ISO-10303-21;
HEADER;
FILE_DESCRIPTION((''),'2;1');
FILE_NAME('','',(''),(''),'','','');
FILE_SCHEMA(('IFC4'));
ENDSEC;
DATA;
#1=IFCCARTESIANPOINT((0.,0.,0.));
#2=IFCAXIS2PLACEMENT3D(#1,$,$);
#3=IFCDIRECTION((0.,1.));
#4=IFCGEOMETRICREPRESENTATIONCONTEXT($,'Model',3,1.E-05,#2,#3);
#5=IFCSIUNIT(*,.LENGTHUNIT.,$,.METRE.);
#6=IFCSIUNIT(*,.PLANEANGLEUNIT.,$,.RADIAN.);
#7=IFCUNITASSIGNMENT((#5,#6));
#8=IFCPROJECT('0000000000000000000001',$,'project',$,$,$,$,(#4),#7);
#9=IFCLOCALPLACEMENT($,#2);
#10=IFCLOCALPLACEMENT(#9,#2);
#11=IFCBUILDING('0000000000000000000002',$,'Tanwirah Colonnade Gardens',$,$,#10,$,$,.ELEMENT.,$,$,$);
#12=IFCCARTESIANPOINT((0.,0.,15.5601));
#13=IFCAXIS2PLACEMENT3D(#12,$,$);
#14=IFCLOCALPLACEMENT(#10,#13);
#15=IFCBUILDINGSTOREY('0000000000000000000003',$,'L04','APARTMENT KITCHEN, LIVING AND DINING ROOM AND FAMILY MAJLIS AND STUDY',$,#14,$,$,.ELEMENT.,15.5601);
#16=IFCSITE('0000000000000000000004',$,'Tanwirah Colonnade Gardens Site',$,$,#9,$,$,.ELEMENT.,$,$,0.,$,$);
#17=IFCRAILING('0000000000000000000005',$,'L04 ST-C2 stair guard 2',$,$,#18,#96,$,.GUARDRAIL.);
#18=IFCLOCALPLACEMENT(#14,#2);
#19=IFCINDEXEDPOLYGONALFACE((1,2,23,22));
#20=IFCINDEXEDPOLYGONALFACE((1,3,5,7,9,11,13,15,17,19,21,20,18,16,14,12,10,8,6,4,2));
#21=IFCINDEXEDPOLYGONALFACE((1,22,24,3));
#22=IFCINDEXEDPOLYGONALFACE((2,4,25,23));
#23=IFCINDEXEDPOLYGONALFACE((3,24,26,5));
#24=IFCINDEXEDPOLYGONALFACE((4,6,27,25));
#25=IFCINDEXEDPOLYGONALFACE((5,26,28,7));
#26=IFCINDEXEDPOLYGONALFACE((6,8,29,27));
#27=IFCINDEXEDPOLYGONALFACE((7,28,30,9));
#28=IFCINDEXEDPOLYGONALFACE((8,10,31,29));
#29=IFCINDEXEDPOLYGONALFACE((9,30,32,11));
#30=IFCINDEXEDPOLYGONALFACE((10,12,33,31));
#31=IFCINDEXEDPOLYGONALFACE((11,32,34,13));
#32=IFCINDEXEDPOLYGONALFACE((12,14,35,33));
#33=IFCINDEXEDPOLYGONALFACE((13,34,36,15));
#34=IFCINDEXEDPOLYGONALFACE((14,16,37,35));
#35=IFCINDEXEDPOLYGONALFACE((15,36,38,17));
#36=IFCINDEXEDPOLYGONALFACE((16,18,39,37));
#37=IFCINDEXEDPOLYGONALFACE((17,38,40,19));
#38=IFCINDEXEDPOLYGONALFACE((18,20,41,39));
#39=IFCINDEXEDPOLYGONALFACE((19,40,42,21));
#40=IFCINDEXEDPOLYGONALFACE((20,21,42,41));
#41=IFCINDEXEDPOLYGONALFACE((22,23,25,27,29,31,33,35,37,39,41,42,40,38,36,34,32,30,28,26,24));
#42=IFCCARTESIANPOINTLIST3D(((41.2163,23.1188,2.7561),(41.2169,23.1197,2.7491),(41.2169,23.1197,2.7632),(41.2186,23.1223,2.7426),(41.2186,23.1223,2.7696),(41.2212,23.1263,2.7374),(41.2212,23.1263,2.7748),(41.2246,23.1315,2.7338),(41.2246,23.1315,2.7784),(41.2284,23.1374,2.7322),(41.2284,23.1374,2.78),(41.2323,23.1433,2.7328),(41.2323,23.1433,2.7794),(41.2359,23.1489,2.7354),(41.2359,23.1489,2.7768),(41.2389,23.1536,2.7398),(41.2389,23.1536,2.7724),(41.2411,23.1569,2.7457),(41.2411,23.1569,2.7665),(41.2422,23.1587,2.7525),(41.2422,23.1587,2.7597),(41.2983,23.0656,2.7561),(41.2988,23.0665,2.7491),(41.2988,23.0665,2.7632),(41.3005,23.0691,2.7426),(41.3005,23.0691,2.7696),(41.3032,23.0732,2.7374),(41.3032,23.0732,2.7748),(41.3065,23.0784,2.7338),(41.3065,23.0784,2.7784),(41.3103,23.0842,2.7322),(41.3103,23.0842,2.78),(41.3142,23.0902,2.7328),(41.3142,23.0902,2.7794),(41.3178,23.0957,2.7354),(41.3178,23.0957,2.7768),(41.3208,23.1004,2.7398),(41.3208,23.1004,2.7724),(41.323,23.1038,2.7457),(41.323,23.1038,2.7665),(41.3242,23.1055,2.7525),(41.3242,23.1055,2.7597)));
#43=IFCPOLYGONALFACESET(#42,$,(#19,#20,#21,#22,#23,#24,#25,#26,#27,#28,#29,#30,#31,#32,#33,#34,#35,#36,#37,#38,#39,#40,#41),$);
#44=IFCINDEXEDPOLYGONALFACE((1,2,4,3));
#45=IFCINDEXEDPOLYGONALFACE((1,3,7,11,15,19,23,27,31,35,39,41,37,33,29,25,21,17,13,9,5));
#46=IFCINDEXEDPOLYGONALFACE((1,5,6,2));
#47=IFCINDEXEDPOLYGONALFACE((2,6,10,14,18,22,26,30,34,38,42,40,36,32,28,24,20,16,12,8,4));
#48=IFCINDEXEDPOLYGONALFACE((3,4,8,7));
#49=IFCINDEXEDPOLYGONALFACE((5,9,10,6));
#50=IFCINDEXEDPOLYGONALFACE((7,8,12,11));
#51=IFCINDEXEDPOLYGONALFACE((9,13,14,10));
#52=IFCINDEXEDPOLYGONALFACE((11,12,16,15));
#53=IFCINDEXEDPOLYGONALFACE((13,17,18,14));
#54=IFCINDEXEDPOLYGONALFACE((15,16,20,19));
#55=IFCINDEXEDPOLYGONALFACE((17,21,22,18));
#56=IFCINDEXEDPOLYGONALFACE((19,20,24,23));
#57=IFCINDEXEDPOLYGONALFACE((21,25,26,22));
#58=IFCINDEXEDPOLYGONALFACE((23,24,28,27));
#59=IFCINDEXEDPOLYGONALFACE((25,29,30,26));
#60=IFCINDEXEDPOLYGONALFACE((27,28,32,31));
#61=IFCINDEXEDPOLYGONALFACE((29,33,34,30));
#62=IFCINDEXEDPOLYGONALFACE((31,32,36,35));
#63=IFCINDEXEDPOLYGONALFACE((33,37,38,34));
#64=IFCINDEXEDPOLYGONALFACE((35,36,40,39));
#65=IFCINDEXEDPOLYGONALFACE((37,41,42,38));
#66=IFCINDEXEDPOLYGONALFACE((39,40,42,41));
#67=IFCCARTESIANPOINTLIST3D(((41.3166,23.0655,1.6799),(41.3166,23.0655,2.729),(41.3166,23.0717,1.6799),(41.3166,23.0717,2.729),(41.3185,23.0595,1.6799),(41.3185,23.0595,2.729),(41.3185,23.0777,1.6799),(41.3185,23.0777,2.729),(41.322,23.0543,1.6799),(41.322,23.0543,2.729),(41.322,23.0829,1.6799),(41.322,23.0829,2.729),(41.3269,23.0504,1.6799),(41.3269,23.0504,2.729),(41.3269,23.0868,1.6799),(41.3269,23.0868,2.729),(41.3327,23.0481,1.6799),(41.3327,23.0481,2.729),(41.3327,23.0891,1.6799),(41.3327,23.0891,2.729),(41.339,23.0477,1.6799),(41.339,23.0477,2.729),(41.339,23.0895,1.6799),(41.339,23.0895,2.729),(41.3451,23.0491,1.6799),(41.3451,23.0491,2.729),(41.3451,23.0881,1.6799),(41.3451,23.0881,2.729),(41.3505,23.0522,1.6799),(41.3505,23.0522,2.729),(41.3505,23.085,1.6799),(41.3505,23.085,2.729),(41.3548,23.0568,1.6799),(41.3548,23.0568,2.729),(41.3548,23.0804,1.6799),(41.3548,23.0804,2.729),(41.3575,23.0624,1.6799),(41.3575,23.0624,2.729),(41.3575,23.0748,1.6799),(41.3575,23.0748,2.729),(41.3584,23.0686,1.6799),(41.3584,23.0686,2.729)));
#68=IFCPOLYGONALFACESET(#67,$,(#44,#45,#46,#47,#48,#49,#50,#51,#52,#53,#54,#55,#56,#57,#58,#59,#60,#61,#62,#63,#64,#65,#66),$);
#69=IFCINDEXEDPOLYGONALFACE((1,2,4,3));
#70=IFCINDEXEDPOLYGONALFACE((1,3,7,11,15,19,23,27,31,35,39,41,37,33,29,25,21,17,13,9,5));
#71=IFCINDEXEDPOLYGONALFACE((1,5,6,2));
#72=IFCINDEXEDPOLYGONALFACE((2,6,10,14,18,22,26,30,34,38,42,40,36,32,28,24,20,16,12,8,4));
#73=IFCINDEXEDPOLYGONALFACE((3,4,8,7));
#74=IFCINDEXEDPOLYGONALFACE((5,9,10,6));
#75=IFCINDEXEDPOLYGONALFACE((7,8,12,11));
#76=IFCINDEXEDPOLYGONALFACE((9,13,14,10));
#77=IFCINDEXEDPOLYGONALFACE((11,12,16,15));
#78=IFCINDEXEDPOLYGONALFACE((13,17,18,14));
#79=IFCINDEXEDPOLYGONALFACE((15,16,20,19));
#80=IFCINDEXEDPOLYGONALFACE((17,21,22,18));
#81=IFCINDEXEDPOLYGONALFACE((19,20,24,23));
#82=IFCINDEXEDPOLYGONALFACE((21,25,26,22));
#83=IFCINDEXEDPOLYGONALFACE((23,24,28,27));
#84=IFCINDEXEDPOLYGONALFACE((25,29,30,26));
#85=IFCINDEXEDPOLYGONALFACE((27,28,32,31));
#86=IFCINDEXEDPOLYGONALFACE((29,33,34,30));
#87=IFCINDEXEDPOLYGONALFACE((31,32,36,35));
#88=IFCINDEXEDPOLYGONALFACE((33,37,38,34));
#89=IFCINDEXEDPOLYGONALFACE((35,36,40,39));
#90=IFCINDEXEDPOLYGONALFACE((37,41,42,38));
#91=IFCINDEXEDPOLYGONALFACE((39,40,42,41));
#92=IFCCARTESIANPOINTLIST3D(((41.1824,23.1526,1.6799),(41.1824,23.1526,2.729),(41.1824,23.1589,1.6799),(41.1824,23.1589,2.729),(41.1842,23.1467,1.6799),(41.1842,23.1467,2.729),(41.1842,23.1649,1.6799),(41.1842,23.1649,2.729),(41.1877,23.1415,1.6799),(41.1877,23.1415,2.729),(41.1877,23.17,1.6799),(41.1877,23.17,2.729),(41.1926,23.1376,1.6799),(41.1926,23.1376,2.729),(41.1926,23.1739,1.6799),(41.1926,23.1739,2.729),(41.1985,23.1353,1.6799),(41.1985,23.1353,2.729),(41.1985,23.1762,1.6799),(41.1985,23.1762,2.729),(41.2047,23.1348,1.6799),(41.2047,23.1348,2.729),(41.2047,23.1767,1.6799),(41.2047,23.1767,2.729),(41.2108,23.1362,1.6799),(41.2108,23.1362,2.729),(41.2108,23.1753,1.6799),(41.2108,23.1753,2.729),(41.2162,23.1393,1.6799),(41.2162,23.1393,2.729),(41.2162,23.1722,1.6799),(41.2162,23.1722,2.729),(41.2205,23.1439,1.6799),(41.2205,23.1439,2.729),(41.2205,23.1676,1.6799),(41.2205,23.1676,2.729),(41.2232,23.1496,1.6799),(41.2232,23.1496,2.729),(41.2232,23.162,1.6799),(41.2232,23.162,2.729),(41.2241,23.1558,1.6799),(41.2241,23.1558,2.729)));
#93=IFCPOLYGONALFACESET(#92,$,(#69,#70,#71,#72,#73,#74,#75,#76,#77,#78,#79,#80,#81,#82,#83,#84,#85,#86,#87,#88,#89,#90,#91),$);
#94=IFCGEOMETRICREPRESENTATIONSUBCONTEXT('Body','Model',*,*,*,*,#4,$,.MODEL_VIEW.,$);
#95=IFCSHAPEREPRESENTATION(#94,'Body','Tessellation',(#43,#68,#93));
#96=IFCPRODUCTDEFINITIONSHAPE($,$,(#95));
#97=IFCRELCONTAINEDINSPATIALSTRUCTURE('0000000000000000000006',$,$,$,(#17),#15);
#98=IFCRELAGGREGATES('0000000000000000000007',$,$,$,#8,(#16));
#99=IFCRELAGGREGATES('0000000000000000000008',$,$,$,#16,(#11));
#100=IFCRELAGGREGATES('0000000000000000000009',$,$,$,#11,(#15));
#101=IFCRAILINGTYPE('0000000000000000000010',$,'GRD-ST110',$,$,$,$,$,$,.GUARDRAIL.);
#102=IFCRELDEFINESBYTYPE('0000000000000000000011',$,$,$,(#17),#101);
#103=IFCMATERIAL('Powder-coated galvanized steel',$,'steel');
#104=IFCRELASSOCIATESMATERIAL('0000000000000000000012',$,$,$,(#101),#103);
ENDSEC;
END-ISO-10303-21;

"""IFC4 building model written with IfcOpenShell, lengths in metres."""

from ifc_helpers import new_model, si_unit, direction, frame, origin, origin_2d, place, context, subcontext, project, spatial, circle, extrude, material, type_object, element, save


model = new_model("IFC4")

# Units and contexts
model_context = context("Model", 3, precision=1e-05, world=origin(), true_north=direction((0.0, 1.0)))
body_context = subcontext(model_context, "Body", "Model", "MODEL_VIEW")
ifc_project = project(units=[si_unit("LENGTHUNIT", "METRE"), si_unit("PLANEANGLEUNIT", "RADIAN")], contexts=[model_context])

# Site, building, storey
site_placement = place(None, origin())
site = spatial("IfcSite", under=ifc_project, at=site_placement, Name="Tanwirah Colonnade Gardens Site", CompositionType="ELEMENT", RefElevation=0.0)
building_placement = place(site_placement, origin())
building = spatial("IfcBuilding", under=site, at=building_placement, Name="Tanwirah Colonnade Gardens", CompositionType="ELEMENT")
storey_placement = place(building_placement, frame((0.0, 0.0, 15.5601)))
storey = spatial("IfcBuildingStorey", under=building, at=storey_placement, Name="L04", Description="APARTMENT KITCHEN, LIVING AND DINING ROOM AND FAMILY MAJLIS AND STUDY", CompositionType="ELEMENT", Elevation=15.5601)

# Railing
ifc_material_1 = material(Name="Powder-coated galvanized steel", Category="steel")
railing_type_1 = type_object("IfcRailingType", Name="GRD-ST110", PredefinedType="GUARDRAIL", material=ifc_material_1)
railing_1_placement = place(storey_placement, frame((41.3374, 23.0686, 1.6799)))
element("IfcRailing", 1, at=railing_1_placement, inside=storey, type_object=railing_type_1, Name="L04 ST-C2 stair guard 2", PredefinedType="GUARDRAIL", context=body_context, shape_type="SweptSolid", body=[
    extrude(circle(Radius=0.0239, at=origin_2d()), frame((-0.0261, 0.0171, 1.0762), z_axis=(-0.838792, 0.544452, 0.0), x_axis=(-0.544452, -0.838792, 0.0)), (0.0, 0.0, 1.0), 0.0977),
    extrude(circle(Radius=0.021, at=origin_2d()), origin(), (0.0, 0.0, 1.0), 1.0491),
    extrude(circle(Radius=0.021, at=origin_2d()), frame((-0.1343, 0.0872, 0.0)), (0.0, 0.0, 1.0), 1.0491),
])

save(model, "model.ifc")
